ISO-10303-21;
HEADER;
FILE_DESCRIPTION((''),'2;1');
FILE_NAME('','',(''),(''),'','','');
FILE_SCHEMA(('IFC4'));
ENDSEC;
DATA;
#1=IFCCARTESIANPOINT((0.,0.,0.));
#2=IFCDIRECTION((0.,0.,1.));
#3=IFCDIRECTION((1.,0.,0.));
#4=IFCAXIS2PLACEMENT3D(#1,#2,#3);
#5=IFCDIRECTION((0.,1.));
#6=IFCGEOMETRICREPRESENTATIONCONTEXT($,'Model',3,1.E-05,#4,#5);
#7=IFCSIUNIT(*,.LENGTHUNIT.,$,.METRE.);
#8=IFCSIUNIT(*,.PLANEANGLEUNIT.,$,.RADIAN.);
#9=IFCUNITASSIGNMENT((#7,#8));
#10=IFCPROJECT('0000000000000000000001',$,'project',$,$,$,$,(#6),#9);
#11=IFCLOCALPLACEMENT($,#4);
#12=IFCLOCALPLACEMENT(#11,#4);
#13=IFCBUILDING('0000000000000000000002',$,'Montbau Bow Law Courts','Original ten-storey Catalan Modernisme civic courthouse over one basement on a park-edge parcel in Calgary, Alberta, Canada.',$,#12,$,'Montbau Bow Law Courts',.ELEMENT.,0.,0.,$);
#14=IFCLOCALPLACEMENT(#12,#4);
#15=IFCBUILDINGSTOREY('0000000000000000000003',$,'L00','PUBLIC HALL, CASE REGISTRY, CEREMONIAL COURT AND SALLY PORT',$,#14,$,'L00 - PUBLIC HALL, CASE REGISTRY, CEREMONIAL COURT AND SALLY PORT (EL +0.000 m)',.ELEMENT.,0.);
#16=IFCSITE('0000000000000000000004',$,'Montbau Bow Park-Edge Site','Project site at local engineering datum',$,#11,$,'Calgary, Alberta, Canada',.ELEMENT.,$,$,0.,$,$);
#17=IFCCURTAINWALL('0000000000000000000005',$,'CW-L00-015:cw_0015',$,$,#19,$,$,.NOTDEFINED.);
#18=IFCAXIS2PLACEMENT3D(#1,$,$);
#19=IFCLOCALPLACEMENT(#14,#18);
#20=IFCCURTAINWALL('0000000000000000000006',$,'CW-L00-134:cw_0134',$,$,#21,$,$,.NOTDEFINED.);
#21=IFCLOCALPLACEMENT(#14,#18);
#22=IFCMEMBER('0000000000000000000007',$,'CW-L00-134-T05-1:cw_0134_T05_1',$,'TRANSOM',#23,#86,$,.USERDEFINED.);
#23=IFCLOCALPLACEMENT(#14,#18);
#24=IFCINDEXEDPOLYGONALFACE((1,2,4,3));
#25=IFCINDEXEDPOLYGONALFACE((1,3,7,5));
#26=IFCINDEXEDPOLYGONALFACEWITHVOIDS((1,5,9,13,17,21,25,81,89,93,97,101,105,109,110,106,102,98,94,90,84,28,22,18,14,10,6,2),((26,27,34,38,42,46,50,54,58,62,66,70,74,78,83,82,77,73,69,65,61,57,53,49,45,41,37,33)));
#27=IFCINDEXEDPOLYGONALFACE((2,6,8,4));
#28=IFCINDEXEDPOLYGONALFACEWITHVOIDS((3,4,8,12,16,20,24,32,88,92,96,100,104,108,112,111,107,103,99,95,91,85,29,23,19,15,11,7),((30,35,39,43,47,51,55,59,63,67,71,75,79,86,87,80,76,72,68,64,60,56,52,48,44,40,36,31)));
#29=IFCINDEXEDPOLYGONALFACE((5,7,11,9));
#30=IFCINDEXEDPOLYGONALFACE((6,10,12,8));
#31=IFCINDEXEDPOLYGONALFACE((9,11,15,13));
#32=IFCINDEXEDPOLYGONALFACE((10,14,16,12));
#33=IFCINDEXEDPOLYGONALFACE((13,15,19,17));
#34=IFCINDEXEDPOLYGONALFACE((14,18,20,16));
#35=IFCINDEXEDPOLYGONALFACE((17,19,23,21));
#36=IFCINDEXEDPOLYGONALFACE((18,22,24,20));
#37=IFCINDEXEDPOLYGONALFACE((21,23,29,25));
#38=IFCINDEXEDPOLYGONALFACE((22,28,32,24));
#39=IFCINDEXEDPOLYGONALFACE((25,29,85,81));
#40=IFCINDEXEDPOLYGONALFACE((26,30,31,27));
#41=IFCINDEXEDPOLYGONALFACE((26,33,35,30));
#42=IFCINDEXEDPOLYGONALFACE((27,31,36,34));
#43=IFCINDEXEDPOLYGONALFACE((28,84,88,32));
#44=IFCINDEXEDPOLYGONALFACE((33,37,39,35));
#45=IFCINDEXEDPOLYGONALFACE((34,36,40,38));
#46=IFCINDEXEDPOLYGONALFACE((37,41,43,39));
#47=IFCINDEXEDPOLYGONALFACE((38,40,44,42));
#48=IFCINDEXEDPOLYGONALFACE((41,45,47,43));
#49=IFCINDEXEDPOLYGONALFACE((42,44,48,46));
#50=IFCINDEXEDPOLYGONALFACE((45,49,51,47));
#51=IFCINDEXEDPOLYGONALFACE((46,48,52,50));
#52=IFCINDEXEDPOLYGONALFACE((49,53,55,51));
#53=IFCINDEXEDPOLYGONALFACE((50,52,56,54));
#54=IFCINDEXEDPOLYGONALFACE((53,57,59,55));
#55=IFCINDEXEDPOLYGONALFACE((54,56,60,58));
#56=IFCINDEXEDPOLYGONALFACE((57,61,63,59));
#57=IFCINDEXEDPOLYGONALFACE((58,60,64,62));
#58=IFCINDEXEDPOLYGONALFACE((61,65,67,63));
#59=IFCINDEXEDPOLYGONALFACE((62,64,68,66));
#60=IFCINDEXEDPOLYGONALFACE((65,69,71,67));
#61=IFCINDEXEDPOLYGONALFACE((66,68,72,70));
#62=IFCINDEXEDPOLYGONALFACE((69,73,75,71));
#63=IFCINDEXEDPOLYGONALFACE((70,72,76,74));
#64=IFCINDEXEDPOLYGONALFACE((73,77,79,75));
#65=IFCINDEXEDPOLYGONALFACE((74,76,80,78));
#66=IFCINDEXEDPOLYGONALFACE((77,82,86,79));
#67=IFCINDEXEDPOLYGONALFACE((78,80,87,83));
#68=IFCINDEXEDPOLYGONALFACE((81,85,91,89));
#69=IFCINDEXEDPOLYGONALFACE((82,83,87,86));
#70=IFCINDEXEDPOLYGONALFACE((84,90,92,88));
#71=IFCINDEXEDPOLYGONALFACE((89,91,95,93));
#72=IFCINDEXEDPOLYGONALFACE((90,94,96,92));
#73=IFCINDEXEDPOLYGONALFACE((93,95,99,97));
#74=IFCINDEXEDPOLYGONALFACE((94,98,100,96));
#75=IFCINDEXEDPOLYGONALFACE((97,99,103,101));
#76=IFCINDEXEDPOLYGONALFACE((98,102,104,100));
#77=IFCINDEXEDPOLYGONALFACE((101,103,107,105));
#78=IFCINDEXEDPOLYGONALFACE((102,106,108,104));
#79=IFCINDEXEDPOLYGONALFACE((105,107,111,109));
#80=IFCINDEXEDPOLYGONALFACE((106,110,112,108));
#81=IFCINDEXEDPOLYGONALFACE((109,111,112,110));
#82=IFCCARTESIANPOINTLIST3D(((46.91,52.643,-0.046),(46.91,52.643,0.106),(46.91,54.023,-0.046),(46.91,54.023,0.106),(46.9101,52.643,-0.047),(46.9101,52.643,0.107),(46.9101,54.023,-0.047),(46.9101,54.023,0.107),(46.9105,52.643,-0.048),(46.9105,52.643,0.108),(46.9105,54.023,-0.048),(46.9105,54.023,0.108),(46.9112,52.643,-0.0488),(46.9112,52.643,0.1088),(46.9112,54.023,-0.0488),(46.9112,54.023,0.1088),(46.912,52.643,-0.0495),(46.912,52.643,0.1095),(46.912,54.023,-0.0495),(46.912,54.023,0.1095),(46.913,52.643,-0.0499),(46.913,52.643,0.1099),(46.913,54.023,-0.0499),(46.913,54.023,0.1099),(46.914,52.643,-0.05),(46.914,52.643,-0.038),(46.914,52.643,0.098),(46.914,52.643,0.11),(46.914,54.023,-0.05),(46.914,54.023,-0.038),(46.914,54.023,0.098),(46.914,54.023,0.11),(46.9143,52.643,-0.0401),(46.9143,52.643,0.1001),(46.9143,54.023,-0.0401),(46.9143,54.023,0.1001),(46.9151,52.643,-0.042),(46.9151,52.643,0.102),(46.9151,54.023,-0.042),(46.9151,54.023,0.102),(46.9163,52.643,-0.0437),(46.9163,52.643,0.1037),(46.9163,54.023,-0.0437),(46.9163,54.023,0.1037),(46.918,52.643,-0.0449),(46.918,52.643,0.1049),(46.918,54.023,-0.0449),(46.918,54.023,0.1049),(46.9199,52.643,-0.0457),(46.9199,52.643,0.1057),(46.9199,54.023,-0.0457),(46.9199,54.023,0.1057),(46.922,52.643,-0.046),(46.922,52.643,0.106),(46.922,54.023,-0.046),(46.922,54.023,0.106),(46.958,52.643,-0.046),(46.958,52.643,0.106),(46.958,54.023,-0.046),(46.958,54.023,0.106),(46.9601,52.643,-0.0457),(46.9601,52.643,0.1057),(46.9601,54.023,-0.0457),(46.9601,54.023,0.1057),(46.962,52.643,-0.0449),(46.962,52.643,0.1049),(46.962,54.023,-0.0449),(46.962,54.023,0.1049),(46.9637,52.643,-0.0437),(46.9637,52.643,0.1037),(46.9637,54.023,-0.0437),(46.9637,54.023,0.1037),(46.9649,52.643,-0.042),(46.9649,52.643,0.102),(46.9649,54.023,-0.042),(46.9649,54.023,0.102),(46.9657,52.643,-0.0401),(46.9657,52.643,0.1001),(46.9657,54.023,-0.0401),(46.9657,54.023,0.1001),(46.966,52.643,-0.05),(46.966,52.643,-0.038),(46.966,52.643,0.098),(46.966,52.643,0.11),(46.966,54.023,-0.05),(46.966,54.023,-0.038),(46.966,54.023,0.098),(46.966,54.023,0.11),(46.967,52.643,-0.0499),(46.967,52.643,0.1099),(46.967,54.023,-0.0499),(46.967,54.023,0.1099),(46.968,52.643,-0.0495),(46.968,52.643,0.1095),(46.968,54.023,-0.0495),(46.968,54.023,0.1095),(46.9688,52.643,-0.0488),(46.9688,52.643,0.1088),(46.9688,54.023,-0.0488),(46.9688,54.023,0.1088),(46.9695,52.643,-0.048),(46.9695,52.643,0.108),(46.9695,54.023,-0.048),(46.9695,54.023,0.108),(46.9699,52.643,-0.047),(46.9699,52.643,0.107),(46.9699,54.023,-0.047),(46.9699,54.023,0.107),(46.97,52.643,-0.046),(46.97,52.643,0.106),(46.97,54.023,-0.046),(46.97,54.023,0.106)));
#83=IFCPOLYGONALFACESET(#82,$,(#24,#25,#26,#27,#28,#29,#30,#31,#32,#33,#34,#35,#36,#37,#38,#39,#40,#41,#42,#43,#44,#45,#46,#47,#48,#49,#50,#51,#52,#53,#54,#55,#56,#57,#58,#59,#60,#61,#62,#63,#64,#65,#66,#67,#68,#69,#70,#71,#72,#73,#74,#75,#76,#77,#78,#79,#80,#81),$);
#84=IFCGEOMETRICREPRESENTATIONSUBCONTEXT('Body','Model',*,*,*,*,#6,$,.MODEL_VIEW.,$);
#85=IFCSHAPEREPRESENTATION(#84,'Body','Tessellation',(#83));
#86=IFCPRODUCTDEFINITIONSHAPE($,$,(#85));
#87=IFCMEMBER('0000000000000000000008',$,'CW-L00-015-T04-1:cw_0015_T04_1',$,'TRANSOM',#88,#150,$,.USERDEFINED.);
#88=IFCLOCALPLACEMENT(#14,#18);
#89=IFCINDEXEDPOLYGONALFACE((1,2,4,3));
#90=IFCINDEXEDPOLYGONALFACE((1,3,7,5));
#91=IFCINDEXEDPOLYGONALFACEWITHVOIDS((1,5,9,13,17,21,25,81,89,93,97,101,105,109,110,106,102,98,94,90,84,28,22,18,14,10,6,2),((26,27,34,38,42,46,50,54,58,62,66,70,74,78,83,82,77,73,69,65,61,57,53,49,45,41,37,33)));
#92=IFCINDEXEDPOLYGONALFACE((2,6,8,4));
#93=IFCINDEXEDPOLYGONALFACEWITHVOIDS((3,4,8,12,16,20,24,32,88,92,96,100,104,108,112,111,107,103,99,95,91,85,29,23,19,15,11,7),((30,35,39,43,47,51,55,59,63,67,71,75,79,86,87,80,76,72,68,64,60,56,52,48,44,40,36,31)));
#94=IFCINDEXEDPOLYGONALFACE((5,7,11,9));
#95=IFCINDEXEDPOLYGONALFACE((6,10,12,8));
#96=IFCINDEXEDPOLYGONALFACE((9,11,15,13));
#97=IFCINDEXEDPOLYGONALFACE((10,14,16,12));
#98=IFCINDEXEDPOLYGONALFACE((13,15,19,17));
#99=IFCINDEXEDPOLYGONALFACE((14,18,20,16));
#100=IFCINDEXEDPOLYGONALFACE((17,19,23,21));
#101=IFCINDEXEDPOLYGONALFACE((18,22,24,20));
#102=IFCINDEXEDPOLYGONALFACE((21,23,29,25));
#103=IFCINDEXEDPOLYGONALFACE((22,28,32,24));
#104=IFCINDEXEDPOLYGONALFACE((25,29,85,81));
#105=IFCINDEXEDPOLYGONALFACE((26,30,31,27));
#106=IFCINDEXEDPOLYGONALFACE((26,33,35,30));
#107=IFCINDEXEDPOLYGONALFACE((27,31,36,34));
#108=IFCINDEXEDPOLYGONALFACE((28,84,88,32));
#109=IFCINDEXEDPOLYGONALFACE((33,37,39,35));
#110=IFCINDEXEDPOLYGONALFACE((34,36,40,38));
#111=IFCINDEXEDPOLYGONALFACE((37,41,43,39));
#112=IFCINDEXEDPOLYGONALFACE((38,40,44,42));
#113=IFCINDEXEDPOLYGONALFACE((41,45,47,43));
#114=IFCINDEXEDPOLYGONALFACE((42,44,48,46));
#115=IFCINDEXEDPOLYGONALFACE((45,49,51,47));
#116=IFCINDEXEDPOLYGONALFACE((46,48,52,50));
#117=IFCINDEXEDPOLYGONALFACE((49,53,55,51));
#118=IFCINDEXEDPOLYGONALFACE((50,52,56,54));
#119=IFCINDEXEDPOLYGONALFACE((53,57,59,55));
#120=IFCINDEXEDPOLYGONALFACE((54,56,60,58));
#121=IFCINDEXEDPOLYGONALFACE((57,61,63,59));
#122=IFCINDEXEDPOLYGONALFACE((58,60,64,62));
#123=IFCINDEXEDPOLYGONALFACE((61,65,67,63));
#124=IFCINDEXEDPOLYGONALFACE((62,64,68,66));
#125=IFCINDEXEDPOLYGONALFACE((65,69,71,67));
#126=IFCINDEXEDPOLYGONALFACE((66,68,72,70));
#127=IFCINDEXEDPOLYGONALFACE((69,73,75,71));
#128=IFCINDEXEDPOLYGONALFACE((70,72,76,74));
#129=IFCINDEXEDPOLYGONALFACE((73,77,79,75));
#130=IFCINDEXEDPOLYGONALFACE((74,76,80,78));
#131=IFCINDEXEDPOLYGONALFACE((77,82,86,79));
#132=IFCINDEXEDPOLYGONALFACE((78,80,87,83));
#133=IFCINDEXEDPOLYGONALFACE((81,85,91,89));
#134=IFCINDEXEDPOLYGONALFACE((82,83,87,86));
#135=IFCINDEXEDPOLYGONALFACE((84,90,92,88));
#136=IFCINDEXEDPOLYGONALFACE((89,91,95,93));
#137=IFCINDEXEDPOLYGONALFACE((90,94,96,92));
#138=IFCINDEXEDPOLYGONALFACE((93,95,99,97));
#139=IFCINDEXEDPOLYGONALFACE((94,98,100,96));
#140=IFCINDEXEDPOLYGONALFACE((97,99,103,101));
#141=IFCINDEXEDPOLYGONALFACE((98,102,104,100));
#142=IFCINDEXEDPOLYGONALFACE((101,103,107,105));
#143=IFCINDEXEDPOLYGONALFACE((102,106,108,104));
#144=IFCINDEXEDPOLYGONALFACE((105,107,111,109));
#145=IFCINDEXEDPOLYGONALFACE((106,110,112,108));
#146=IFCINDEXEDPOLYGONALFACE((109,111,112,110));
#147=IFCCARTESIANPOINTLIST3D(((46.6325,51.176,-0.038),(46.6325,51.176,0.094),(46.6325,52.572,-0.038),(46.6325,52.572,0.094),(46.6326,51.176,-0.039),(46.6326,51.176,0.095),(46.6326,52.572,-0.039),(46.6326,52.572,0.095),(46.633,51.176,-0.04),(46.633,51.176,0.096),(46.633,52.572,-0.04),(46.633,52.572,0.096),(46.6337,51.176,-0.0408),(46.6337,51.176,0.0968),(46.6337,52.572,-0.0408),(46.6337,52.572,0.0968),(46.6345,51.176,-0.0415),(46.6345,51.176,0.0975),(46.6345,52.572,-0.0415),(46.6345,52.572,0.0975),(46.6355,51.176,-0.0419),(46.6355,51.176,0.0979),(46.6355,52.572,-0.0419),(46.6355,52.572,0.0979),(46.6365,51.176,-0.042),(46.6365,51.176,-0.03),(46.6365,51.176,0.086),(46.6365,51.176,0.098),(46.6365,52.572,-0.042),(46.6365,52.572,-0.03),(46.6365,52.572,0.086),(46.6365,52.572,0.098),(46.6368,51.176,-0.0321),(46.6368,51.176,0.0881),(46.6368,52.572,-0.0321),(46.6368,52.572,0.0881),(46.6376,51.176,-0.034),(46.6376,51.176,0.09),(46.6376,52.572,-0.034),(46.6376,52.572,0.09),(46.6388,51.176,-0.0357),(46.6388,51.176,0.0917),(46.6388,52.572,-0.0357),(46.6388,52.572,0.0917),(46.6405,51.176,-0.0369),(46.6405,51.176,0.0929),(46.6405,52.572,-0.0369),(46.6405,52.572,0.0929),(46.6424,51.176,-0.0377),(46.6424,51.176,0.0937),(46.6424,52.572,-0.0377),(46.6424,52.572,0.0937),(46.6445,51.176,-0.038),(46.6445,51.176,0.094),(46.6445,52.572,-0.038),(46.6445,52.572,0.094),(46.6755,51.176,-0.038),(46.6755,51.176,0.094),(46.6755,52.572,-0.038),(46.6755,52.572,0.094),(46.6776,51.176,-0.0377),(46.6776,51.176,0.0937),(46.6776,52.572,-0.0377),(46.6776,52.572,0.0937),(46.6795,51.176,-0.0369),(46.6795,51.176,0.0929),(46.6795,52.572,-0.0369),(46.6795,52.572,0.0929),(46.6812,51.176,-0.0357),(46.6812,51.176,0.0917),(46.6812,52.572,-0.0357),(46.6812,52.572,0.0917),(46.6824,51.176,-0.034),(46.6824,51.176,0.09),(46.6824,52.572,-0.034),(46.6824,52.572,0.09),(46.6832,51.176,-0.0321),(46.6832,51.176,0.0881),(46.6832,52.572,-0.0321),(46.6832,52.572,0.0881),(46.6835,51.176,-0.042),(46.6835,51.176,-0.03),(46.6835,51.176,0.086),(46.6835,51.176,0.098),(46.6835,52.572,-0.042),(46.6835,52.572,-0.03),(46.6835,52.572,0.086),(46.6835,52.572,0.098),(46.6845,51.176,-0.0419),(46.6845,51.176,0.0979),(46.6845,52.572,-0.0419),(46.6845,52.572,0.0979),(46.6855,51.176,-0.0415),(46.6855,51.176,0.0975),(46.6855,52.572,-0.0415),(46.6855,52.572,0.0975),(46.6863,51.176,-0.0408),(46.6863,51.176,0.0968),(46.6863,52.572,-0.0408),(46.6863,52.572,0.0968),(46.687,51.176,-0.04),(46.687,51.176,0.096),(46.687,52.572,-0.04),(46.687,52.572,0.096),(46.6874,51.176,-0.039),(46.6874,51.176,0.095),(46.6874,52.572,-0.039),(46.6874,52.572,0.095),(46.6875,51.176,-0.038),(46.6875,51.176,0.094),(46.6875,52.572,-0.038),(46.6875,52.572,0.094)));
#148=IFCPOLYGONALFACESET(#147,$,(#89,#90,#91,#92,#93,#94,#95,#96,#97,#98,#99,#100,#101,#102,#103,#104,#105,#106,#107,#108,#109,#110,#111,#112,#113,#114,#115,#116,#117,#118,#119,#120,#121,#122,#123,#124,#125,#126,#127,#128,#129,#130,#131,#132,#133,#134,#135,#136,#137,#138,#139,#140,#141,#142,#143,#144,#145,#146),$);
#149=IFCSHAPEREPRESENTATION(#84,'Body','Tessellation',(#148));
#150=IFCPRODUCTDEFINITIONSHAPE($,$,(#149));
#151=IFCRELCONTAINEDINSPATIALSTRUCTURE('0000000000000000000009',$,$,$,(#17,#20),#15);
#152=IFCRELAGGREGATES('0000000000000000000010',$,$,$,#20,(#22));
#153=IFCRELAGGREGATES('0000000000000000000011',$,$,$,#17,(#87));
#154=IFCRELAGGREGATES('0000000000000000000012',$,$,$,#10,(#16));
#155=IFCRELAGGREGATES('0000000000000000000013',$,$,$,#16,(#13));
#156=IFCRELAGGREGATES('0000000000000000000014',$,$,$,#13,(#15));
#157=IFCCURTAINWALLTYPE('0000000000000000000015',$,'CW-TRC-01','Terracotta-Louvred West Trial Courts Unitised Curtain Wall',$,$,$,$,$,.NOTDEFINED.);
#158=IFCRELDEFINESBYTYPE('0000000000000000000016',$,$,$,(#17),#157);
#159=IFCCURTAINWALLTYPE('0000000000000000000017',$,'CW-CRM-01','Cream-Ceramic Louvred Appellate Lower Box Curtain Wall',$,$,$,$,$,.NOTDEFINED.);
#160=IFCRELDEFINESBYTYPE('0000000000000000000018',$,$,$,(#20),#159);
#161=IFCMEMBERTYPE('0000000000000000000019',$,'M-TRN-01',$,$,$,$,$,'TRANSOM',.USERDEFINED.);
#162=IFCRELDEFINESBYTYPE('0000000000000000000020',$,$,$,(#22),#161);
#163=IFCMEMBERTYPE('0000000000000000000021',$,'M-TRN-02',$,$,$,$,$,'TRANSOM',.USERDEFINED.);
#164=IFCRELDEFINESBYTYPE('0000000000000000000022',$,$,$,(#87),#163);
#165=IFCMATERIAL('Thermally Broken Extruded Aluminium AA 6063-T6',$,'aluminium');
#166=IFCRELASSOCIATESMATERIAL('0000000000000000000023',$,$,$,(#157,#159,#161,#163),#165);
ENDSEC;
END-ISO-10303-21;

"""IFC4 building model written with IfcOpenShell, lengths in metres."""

from ifc_helpers import new_model, si_unit, direction, frame, origin_with_axes, origin_2d_with_axis, place, context, subcontext, project, spatial, hollow_rectangle, extrude, material, material_profile, profile_set, type_object, element, aggregate, save


model = new_model("IFC4")

# Units and contexts
model_context = context("Model", 3, precision=1e-05, world=origin_with_axes(), true_north=direction((0.0, 1.0)))
body_context = subcontext(model_context, "Body", "Model", "MODEL_VIEW")
ifc_project = project(units=[si_unit("LENGTHUNIT", "METRE"), si_unit("PLANEANGLEUNIT", "RADIAN")], contexts=[model_context])

# Site, building, storey
site_placement = place(None, origin_with_axes())
site = spatial("IfcSite", under=ifc_project, at=site_placement, Name="Montbau Bow Park-Edge Site", Description="Project site at local engineering datum", LongName="Calgary, Alberta, Canada", CompositionType="ELEMENT", RefElevation=0.0)
building_placement = place(site_placement, origin_with_axes())
building = spatial("IfcBuilding", under=site, at=building_placement, Name="Montbau Bow Law Courts", Description="Original ten-storey Catalan Modernisme civic courthouse over one basement on a park-edge parcel in Calgary, Alberta, Canada.", LongName="Montbau Bow Law Courts", CompositionType="ELEMENT", ElevationOfRefHeight=0.0, ElevationOfTerrain=0.0)
storey_placement = place(building_placement, origin_with_axes())
storey = spatial("IfcBuildingStorey", under=building, at=storey_placement, Name="L00", Description="PUBLIC HALL, CASE REGISTRY, CEREMONIAL COURT AND SALLY PORT", LongName="L00 - PUBLIC HALL, CASE REGISTRY, CEREMONIAL COURT AND SALLY PORT (EL +0.000 m)", CompositionType="ELEMENT", Elevation=0.0)

# Curtain walls
ifc_material_1 = material(Name="Thermally Broken Extruded Aluminium AA 6063-T6", Category="aluminium")
curtain_wall_type_1 = type_object("IfcCurtainWallType", Name="CW-TRC-01", Description="Terracotta-Louvred West Trial Courts Unitised Curtain Wall", PredefinedType="NOTDEFINED", material=ifc_material_1)
curtain_wall_1_placement = place(None, frame((46.66, 46.715, 0.0), z_axis=(0.0, 0.0, 1.0), x_axis=(1.0, 0.0, 0.0)))
curtain_wall_1 = element("IfcCurtainWall", 1, at=curtain_wall_1_placement, inside=storey, type_object=curtain_wall_type_1, Name="CW-L00-015:cw_0015", PredefinedType="NOTDEFINED")
curtain_wall_type_2 = type_object("IfcCurtainWallType", Name="CW-CRM-01", Description="Cream-Ceramic Louvred Appellate Lower Box Curtain Wall", PredefinedType="NOTDEFINED", material=ifc_material_1)
curtain_wall_2_placement = place(None, frame((46.94, 46.715, 0.0), z_axis=(0.0, 0.0, 1.0), x_axis=(1.0, 0.0, 0.0)))
curtain_wall_2 = element("IfcCurtainWall", 2, at=curtain_wall_2_placement, inside=storey, type_object=curtain_wall_type_2, Name="CW-L00-134:cw_0134", PredefinedType="NOTDEFINED")

# Members
ifc_material_profile_1 = material_profile(ifc_material_1, hollow_rectangle(XDim=0.06, YDim=0.16, WallThickness=0.004, InnerFilletRadius=0.008, OuterFilletRadius=0.004, at=origin_2d_with_axis()), Name="CWT-160X60", Category="Main", Priority=0)
ifc_profile_set_1 = profile_set([ifc_material_profile_1], Name="Thermally Broken Extruded Aluminium AA 6063-T6")
member_type_1 = type_object("IfcMemberType", Name="M-TRN-01", ElementType="TRANSOM", PredefinedType="USERDEFINED", material=ifc_profile_set_1)
member_1_placement = place(None, frame((46.94, 52.643, 0.03), z_axis=(0.0, 1.0, 0.0), x_axis=(-1.0, 0.0, 0.0)))
member_1 = element("IfcMember", 3, at=member_1_placement, type_object=member_type_1, Name="CW-L00-134-T05-1:cw_0134_T05_1", ObjectType="TRANSOM", PredefinedType="USERDEFINED", context=body_context, shape_type="SweptSolid", body=[
    extrude(hollow_rectangle(XDim=0.06, YDim=0.16, WallThickness=0.004, InnerFilletRadius=0.008, OuterFilletRadius=0.004, at=origin_2d_with_axis()), origin_with_axes(), (0.0, 0.0, 1.0), 1.38),
])
aggregate(curtain_wall_2, [member_1])
ifc_material_profile_2 = material_profile(ifc_material_1, hollow_rectangle(XDim=0.055, YDim=0.14, WallThickness=0.004, InnerFilletRadius=0.008, OuterFilletRadius=0.004, at=origin_2d_with_axis()), Name="CWT-140X55", Category="Main", Priority=0)
ifc_profile_set_2 = profile_set([ifc_material_profile_2], Name="Thermally Broken Extruded Aluminium AA 6063-T6")
member_type_2 = type_object("IfcMemberType", Name="M-TRN-02", ElementType="TRANSOM", PredefinedType="USERDEFINED", material=ifc_profile_set_2)
member_2_placement = place(None, frame((46.66, 51.176, 0.028), z_axis=(0.0, 1.0, 0.0), x_axis=(-1.0, 0.0, 0.0)))
member_2 = element("IfcMember", 4, at=member_2_placement, type_object=member_type_2, Name="CW-L00-015-T04-1:cw_0015_T04_1", ObjectType="TRANSOM", PredefinedType="USERDEFINED", context=body_context, shape_type="SweptSolid", body=[
    extrude(hollow_rectangle(XDim=0.055, YDim=0.14, WallThickness=0.004, InnerFilletRadius=0.008, OuterFilletRadius=0.004, at=origin_2d_with_axis()), origin_with_axes(), (0.0, 0.0, 1.0), 1.396),
])

aggregate(curtain_wall_1, [member_2])

save(model, "model.ifc")
